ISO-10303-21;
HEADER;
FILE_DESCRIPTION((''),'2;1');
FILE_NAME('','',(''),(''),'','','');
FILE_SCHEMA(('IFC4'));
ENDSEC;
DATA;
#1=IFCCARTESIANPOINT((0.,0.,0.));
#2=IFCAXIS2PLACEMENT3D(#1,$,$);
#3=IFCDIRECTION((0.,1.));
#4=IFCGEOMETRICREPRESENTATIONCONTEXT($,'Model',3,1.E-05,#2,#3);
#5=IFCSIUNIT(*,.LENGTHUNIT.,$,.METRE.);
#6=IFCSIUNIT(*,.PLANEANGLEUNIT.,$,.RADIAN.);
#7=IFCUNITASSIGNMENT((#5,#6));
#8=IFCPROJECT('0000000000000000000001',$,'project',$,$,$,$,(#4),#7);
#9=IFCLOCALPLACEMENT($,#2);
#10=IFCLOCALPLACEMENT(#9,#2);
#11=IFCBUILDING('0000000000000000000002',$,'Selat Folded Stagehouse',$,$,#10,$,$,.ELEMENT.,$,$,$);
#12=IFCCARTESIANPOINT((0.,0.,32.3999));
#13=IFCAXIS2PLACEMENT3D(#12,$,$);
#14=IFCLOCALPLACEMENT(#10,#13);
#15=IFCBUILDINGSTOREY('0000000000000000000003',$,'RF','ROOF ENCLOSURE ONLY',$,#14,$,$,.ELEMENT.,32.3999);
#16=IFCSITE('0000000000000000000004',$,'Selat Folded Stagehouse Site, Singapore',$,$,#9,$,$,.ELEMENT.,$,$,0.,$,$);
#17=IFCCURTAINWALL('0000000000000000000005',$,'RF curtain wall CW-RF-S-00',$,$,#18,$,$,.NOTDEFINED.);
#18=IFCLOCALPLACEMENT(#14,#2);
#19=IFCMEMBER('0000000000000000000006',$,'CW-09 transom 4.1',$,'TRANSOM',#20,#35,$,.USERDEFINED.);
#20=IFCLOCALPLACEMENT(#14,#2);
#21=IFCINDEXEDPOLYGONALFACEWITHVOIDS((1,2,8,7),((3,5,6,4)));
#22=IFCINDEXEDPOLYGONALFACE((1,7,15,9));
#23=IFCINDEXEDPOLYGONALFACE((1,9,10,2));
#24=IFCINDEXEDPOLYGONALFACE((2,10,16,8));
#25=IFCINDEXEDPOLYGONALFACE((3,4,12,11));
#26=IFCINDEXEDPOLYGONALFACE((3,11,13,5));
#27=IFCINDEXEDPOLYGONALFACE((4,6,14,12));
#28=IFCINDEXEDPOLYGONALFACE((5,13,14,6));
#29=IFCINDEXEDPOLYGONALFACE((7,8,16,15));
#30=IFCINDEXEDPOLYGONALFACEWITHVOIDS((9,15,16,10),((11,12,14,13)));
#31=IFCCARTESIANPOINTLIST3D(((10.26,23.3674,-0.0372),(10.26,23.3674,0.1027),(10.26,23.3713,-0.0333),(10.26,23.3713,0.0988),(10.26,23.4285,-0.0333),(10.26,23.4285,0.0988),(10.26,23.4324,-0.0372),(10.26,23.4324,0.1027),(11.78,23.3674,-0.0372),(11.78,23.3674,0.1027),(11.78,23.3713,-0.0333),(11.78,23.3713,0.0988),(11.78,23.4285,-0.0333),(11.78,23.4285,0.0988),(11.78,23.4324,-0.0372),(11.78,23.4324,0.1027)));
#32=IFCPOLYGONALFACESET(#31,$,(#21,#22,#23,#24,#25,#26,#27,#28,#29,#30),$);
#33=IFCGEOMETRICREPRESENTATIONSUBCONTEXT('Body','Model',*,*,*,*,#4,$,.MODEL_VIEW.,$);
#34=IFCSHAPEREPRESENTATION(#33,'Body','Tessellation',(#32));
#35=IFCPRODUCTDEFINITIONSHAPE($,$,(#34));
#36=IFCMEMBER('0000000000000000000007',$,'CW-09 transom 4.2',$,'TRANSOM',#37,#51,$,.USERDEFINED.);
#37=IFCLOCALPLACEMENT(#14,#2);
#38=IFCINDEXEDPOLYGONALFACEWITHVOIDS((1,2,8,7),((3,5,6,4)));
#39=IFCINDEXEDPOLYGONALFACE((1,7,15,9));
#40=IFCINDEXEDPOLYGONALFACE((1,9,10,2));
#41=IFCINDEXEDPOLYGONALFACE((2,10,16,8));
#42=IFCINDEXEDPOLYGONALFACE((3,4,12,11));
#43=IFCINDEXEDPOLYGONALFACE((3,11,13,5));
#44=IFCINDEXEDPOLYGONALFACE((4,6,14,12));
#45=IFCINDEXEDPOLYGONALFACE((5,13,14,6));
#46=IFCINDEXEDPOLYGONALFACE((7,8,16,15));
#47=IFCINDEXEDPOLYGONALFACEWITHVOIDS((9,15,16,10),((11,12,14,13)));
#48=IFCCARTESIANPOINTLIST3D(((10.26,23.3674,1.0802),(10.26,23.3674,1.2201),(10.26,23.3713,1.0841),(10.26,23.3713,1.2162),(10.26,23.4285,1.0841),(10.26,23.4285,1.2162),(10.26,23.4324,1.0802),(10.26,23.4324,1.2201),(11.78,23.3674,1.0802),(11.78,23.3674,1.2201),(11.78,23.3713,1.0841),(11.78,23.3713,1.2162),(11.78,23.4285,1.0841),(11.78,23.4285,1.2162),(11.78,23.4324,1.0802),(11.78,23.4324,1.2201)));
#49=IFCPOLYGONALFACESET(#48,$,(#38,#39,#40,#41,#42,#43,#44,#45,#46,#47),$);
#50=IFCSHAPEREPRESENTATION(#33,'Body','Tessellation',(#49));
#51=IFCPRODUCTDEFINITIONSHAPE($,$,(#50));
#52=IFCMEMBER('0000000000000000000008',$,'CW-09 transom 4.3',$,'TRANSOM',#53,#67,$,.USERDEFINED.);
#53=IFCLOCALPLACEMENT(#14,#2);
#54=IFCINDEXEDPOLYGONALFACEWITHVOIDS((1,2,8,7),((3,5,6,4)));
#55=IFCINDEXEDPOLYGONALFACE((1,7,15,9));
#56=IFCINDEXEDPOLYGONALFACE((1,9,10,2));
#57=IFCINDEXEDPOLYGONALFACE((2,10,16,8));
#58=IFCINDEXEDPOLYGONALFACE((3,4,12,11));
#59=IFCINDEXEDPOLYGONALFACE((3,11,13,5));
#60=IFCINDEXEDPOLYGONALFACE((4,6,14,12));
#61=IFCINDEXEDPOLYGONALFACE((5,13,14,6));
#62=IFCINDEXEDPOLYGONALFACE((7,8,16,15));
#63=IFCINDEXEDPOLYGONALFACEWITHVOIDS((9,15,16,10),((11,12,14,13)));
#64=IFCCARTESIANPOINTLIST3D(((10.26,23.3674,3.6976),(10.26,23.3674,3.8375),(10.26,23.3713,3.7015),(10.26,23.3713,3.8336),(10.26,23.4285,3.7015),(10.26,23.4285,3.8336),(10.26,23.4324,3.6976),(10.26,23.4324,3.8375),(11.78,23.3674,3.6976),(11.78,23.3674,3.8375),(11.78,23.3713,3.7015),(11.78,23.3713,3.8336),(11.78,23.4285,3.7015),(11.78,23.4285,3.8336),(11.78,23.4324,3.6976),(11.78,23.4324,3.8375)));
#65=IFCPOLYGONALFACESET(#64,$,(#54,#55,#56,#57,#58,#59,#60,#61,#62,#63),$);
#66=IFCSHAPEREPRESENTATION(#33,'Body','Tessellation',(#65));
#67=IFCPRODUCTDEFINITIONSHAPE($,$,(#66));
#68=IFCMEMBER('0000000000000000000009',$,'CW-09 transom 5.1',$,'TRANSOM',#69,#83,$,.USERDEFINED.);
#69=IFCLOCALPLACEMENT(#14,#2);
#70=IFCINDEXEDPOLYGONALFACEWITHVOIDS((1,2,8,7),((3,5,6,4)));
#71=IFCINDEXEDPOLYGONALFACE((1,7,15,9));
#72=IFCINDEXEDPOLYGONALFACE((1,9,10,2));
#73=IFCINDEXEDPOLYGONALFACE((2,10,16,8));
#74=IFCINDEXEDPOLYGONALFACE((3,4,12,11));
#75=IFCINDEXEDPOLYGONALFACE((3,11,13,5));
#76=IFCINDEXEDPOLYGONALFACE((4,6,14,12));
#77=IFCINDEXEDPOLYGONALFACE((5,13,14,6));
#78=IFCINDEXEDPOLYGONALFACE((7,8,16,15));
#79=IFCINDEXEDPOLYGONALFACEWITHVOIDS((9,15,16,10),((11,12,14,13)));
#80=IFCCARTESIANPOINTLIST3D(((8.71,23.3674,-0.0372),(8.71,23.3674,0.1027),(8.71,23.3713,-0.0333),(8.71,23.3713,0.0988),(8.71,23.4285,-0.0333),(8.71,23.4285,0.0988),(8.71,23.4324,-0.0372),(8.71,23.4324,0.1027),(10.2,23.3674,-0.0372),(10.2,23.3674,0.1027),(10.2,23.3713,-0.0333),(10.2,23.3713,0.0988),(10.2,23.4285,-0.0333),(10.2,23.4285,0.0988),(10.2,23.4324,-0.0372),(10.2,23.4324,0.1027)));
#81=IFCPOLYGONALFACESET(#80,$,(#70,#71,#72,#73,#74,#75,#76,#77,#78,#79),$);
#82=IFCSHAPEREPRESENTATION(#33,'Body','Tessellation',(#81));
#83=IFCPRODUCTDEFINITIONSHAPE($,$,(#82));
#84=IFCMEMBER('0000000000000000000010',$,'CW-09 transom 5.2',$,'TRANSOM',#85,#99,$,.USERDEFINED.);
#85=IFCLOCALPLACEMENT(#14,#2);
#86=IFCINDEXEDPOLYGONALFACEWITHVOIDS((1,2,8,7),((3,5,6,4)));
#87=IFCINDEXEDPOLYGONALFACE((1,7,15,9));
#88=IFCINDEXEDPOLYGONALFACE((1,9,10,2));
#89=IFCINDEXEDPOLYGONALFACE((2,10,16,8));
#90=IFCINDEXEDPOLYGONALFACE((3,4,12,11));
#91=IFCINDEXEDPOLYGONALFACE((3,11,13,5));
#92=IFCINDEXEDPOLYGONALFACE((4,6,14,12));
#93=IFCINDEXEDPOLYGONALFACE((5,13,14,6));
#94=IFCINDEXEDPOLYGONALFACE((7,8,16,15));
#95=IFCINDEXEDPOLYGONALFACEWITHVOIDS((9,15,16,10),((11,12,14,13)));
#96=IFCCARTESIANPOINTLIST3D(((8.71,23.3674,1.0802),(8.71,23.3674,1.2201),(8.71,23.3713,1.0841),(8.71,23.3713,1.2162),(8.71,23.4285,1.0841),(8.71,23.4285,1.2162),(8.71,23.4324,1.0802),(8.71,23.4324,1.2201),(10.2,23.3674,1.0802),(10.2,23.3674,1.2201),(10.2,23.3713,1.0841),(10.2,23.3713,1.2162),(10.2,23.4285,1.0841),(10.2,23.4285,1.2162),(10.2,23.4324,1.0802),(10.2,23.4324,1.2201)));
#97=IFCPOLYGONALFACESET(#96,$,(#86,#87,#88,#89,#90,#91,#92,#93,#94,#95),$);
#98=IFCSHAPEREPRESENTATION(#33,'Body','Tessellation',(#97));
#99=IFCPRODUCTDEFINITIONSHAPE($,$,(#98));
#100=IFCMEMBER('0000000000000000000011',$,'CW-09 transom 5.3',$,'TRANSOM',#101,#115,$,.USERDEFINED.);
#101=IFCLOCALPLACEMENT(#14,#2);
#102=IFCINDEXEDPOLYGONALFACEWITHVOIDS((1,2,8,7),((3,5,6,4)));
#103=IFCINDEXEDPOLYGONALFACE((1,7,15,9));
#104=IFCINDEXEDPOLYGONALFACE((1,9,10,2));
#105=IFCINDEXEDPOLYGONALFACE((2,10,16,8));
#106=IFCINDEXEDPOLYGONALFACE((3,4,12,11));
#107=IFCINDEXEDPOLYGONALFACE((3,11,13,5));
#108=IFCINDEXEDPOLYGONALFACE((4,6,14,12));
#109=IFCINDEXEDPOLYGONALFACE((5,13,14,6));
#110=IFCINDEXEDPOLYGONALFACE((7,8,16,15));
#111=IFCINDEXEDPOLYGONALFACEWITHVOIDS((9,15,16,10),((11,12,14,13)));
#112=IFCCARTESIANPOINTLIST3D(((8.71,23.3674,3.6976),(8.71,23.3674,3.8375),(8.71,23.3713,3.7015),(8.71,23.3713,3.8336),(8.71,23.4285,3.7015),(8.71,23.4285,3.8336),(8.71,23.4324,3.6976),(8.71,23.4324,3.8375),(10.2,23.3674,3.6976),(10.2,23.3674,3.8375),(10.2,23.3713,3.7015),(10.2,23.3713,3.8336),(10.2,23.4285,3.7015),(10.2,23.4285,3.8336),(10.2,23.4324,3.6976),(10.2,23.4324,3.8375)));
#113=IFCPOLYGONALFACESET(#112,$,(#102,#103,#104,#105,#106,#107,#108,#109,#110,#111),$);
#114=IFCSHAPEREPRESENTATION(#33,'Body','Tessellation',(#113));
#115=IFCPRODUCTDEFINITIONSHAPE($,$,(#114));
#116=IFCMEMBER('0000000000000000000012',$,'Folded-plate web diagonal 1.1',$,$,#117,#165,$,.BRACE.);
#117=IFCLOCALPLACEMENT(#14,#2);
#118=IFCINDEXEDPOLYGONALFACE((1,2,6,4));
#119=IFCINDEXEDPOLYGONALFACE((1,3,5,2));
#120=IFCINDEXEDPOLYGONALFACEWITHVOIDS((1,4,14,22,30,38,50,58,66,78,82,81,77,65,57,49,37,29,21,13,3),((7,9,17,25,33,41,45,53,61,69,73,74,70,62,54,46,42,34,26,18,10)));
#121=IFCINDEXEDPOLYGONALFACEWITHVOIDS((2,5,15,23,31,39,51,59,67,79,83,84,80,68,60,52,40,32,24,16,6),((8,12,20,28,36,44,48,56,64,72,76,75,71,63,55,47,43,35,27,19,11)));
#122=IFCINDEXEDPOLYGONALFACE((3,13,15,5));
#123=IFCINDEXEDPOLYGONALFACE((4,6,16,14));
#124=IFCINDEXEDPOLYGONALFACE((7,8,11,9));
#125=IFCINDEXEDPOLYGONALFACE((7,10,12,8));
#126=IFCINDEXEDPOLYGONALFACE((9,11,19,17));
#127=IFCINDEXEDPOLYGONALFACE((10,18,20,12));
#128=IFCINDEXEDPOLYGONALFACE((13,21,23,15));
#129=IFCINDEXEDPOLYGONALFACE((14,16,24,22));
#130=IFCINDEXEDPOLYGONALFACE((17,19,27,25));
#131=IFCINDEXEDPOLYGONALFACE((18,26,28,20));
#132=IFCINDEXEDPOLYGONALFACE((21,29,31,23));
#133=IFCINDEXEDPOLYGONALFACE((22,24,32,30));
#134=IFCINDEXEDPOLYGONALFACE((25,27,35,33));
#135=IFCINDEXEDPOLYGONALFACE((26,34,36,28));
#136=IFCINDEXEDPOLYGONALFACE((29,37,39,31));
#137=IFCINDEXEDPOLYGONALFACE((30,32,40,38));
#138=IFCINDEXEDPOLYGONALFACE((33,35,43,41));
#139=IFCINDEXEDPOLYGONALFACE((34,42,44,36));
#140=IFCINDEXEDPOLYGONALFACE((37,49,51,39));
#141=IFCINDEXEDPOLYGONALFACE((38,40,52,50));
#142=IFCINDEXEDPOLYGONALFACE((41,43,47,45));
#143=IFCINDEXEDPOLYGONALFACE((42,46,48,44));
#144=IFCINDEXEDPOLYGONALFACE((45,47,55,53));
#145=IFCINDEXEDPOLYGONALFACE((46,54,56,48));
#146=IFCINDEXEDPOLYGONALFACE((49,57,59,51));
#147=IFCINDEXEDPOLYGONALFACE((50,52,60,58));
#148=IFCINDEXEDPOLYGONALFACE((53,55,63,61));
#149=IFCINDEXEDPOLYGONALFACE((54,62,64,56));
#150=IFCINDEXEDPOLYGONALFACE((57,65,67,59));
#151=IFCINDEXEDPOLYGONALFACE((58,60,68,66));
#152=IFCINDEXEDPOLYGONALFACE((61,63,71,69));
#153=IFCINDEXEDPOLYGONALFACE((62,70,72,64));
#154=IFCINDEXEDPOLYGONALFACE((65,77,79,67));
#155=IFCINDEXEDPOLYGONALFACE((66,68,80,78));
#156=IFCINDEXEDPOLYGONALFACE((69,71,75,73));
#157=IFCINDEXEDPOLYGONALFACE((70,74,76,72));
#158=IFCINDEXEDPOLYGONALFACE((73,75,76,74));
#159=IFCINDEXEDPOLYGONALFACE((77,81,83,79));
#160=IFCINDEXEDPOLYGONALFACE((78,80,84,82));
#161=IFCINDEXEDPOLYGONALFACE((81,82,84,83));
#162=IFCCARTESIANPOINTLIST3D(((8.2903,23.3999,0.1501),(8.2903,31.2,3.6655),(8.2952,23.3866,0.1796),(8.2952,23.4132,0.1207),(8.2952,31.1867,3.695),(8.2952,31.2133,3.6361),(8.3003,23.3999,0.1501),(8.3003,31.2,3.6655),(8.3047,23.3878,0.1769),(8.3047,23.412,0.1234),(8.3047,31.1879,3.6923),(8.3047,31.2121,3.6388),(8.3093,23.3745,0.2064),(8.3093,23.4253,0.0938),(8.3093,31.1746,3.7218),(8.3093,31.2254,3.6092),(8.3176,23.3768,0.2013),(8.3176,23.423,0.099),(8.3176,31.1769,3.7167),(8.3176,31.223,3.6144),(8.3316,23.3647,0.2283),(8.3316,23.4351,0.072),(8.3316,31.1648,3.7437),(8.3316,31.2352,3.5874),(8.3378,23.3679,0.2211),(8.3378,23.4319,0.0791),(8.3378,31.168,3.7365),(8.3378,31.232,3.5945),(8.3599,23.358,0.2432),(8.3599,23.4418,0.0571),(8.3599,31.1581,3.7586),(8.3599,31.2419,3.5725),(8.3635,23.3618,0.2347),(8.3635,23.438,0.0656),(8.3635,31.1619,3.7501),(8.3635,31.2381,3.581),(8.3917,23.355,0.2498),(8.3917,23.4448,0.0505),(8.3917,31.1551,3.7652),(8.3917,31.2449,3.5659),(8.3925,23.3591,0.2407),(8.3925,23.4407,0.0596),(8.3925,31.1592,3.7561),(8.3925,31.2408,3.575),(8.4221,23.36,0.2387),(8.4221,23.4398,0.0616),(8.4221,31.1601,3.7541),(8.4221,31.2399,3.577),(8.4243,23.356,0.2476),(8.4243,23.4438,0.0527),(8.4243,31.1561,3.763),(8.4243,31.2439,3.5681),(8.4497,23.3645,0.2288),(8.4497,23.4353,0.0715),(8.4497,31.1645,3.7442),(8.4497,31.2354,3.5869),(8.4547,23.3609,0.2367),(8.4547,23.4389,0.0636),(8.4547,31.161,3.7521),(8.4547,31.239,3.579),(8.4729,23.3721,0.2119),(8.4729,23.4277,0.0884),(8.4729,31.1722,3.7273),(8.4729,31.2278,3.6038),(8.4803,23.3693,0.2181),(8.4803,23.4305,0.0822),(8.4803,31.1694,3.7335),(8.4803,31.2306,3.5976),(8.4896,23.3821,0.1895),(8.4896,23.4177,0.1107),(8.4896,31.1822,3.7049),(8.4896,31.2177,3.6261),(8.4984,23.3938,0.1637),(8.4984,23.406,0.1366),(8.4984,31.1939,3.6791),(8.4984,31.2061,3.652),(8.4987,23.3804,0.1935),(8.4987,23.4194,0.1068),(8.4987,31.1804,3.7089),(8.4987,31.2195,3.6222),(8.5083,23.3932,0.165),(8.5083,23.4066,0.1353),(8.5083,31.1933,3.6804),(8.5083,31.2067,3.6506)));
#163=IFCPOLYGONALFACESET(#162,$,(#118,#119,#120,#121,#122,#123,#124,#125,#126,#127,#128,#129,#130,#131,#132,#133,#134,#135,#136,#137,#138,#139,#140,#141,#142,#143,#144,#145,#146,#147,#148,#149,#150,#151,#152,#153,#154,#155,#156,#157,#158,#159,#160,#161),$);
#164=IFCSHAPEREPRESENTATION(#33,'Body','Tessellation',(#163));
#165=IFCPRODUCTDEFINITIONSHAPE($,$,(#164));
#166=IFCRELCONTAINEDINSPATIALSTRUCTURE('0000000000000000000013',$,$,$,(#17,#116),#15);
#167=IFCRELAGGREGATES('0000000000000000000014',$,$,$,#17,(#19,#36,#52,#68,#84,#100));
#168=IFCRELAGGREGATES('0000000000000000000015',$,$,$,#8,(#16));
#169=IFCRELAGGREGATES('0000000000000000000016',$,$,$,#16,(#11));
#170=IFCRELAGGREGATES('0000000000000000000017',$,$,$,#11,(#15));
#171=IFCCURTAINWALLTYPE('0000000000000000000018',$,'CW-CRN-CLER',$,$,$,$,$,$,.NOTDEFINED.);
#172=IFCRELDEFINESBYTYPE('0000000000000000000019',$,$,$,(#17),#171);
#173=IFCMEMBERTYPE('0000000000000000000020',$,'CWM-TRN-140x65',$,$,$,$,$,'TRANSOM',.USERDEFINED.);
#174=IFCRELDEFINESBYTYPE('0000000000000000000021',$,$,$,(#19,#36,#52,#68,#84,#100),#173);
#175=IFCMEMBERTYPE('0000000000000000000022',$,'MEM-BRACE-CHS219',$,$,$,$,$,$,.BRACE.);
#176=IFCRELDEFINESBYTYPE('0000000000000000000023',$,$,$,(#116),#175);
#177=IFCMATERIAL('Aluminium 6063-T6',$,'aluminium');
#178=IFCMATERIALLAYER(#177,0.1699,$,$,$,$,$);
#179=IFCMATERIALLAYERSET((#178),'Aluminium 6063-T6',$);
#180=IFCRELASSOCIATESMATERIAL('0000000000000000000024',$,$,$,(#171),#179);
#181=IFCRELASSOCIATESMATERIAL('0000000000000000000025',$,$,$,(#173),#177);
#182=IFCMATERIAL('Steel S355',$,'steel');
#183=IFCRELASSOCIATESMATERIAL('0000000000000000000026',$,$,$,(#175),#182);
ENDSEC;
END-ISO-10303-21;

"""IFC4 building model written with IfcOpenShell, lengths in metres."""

from ifc_helpers import new_model, si_unit, direction, frame, origin, origin_2d, place, context, subcontext, project, spatial, hollow_rectangle, hollow_circle, extrude, material, layer, layer_set, material_profile, profile_set, type_object, element, aggregate, save


model = new_model("IFC4")

# Units and contexts
model_context = context("Model", 3, precision=1e-05, world=origin(), true_north=direction((0.0, 1.0)))
body_context = subcontext(model_context, "Body", "Model", "MODEL_VIEW")
ifc_project = project(units=[si_unit("LENGTHUNIT", "METRE"), si_unit("PLANEANGLEUNIT", "RADIAN")], contexts=[model_context])

# Site, building, storey
site_placement = place(None, origin())
site = spatial("IfcSite", under=ifc_project, at=site_placement, Name="Selat Folded Stagehouse Site, Singapore", CompositionType="ELEMENT", RefElevation=0.0)
building_placement = place(site_placement, origin())
building = spatial("IfcBuilding", under=site, at=building_placement, Name="Selat Folded Stagehouse", CompositionType="ELEMENT")
storey_placement = place(building_placement, frame((0.0, 0.0, 32.3999)))
storey = spatial("IfcBuildingStorey", under=building, at=storey_placement, Name="RF", Description="ROOF ENCLOSURE ONLY", CompositionType="ELEMENT", Elevation=32.3999)

# Shared definitions
ifc_material_1 = material(Name="Steel S355", Category="steel")

# Curtain wall, members
ifc_material_2 = material(Name="Aluminium 6063-T6", Category="aluminium")
ifc_layer_1 = layer(ifc_material_2, 0.1699)
ifc_layer_set_1 = layer_set([ifc_layer_1], Name="Aluminium 6063-T6")
curtain_wall_type = type_object("IfcCurtainWallType", Name="CW-CRN-CLER", PredefinedType="NOTDEFINED", material=ifc_layer_set_1)
curtain_wall_placement = place(storey_placement, origin())
curtain_wall = element("IfcCurtainWall", 1, at=curtain_wall_placement, inside=storey, type_object=curtain_wall_type, Name="RF curtain wall CW-RF-S-00", PredefinedType="NOTDEFINED")
ifc_material_profile_1 = material_profile(ifc_material_2, hollow_rectangle(XDim=0.0649, YDim=0.1399, WallThickness=0.0039, at=origin_2d()), Name="ALU 140x65x4.0")
ifc_profile_set_1 = profile_set([ifc_material_profile_1], Name="Aluminium 6063-T6")
member_type_1 = type_object("IfcMemberType", Name="CWM-TRN-140x65", ElementType="TRANSOM", PredefinedType="USERDEFINED", material=ifc_profile_set_1)
member_1_placement = place(storey_placement, frame((11.78, 23.3999, 0.0327), z_axis=(-1.0, 0.0, 0.0), x_axis=(0.0, -1.0, 0.0)))
member_1 = element("IfcMember", 2, at=member_1_placement, type_object=member_type_1, Name="CW-09 transom 4.1", ObjectType="TRANSOM", PredefinedType="USERDEFINED", context=body_context, shape_type="SweptSolid", body=[
    extrude(hollow_rectangle(XDim=0.0649, YDim=0.1399, WallThickness=0.0039, at=origin_2d()), origin(), (0.0, 0.0, 1.0), 1.52),
])
member_2_placement = place(storey_placement, frame((11.78, 23.3999, 1.1501), z_axis=(-1.0, 0.0, 0.0), x_axis=(0.0, -1.0, 0.0)))
member_2 = element("IfcMember", 3, at=member_2_placement, type_object=member_type_1, Name="CW-09 transom 4.2", ObjectType="TRANSOM", PredefinedType="USERDEFINED", context=body_context, shape_type="SweptSolid", body=[
    extrude(hollow_rectangle(XDim=0.0649, YDim=0.1399, WallThickness=0.0039, at=origin_2d()), origin(), (0.0, 0.0, 1.0), 1.52),
])
member_3_placement = place(storey_placement, frame((11.78, 23.3999, 3.7676), z_axis=(-1.0, 0.0, 0.0), x_axis=(0.0, -1.0, 0.0)))
member_3 = element("IfcMember", 4, at=member_3_placement, type_object=member_type_1, Name="CW-09 transom 4.3", ObjectType="TRANSOM", PredefinedType="USERDEFINED", context=body_context, shape_type="SweptSolid", body=[
    extrude(hollow_rectangle(XDim=0.0649, YDim=0.1399, WallThickness=0.0039, at=origin_2d()), origin(), (0.0, 0.0, 1.0), 1.52),
])
member_4_placement = place(storey_placement, frame((10.2, 23.3999, 0.0327), z_axis=(-1.0, 0.0, 0.0), x_axis=(0.0, -1.0, 0.0)))
member_4 = element("IfcMember", 5, at=member_4_placement, type_object=member_type_1, Name="CW-09 transom 5.1", ObjectType="TRANSOM", PredefinedType="USERDEFINED", context=body_context, shape_type="SweptSolid", body=[
    extrude(hollow_rectangle(XDim=0.0649, YDim=0.1399, WallThickness=0.0039, at=origin_2d()), origin(), (0.0, 0.0, 1.0), 1.49),
])
member_5_placement = place(storey_placement, frame((10.2, 23.3999, 1.1501), z_axis=(-1.0, 0.0, 0.0), x_axis=(0.0, -1.0, 0.0)))
member_5 = element("IfcMember", 6, at=member_5_placement, type_object=member_type_1, Name="CW-09 transom 5.2", ObjectType="TRANSOM", PredefinedType="USERDEFINED", context=body_context, shape_type="SweptSolid", body=[
    extrude(hollow_rectangle(XDim=0.0649, YDim=0.1399, WallThickness=0.0039, at=origin_2d()), origin(), (0.0, 0.0, 1.0), 1.49),
])
member_6_placement = place(storey_placement, frame((10.2, 23.3999, 3.7676), z_axis=(-1.0, 0.0, 0.0), x_axis=(0.0, -1.0, 0.0)))
member_6 = element("IfcMember", 7, at=member_6_placement, type_object=member_type_1, Name="CW-09 transom 5.3", ObjectType="TRANSOM", PredefinedType="USERDEFINED", context=body_context, shape_type="SweptSolid", body=[
    extrude(hollow_rectangle(XDim=0.0649, YDim=0.1399, WallThickness=0.0039, at=origin_2d()), origin(), (0.0, 0.0, 1.0), 1.49),
])

# Member
ifc_material_profile_2 = material_profile(ifc_material_1, hollow_circle(Radius=0.1096, WallThickness=0.01, at=origin_2d()), Name="CHS 219.1x10.0")
ifc_profile_set_2 = profile_set([ifc_material_profile_2], Name="Steel S355")
member_type_2 = type_object("IfcMemberType", Name="MEM-BRACE-CHS219", PredefinedType="BRACE", material=ifc_profile_set_2)
member_7_placement = place(storey_placement, frame((8.3999, 23.3999, 0.1501), z_axis=(0.0, 0.911687, 0.410885), x_axis=(-1.0, 0.0, 0.0)))
element("IfcMember", 8, at=member_7_placement, inside=storey, type_object=member_type_2, Name="Folded-plate web diagonal 1.1", PredefinedType="BRACE", context=body_context, shape_type="SweptSolid", body=[
    extrude(hollow_circle(Radius=0.1096, WallThickness=0.01, at=origin_2d()), origin(), (0.0, 0.0, 1.0), 8.5557),
])

aggregate(curtain_wall, [member_1, member_2, member_3, member_4, member_5, member_6])

save(model, "model.ifc")
